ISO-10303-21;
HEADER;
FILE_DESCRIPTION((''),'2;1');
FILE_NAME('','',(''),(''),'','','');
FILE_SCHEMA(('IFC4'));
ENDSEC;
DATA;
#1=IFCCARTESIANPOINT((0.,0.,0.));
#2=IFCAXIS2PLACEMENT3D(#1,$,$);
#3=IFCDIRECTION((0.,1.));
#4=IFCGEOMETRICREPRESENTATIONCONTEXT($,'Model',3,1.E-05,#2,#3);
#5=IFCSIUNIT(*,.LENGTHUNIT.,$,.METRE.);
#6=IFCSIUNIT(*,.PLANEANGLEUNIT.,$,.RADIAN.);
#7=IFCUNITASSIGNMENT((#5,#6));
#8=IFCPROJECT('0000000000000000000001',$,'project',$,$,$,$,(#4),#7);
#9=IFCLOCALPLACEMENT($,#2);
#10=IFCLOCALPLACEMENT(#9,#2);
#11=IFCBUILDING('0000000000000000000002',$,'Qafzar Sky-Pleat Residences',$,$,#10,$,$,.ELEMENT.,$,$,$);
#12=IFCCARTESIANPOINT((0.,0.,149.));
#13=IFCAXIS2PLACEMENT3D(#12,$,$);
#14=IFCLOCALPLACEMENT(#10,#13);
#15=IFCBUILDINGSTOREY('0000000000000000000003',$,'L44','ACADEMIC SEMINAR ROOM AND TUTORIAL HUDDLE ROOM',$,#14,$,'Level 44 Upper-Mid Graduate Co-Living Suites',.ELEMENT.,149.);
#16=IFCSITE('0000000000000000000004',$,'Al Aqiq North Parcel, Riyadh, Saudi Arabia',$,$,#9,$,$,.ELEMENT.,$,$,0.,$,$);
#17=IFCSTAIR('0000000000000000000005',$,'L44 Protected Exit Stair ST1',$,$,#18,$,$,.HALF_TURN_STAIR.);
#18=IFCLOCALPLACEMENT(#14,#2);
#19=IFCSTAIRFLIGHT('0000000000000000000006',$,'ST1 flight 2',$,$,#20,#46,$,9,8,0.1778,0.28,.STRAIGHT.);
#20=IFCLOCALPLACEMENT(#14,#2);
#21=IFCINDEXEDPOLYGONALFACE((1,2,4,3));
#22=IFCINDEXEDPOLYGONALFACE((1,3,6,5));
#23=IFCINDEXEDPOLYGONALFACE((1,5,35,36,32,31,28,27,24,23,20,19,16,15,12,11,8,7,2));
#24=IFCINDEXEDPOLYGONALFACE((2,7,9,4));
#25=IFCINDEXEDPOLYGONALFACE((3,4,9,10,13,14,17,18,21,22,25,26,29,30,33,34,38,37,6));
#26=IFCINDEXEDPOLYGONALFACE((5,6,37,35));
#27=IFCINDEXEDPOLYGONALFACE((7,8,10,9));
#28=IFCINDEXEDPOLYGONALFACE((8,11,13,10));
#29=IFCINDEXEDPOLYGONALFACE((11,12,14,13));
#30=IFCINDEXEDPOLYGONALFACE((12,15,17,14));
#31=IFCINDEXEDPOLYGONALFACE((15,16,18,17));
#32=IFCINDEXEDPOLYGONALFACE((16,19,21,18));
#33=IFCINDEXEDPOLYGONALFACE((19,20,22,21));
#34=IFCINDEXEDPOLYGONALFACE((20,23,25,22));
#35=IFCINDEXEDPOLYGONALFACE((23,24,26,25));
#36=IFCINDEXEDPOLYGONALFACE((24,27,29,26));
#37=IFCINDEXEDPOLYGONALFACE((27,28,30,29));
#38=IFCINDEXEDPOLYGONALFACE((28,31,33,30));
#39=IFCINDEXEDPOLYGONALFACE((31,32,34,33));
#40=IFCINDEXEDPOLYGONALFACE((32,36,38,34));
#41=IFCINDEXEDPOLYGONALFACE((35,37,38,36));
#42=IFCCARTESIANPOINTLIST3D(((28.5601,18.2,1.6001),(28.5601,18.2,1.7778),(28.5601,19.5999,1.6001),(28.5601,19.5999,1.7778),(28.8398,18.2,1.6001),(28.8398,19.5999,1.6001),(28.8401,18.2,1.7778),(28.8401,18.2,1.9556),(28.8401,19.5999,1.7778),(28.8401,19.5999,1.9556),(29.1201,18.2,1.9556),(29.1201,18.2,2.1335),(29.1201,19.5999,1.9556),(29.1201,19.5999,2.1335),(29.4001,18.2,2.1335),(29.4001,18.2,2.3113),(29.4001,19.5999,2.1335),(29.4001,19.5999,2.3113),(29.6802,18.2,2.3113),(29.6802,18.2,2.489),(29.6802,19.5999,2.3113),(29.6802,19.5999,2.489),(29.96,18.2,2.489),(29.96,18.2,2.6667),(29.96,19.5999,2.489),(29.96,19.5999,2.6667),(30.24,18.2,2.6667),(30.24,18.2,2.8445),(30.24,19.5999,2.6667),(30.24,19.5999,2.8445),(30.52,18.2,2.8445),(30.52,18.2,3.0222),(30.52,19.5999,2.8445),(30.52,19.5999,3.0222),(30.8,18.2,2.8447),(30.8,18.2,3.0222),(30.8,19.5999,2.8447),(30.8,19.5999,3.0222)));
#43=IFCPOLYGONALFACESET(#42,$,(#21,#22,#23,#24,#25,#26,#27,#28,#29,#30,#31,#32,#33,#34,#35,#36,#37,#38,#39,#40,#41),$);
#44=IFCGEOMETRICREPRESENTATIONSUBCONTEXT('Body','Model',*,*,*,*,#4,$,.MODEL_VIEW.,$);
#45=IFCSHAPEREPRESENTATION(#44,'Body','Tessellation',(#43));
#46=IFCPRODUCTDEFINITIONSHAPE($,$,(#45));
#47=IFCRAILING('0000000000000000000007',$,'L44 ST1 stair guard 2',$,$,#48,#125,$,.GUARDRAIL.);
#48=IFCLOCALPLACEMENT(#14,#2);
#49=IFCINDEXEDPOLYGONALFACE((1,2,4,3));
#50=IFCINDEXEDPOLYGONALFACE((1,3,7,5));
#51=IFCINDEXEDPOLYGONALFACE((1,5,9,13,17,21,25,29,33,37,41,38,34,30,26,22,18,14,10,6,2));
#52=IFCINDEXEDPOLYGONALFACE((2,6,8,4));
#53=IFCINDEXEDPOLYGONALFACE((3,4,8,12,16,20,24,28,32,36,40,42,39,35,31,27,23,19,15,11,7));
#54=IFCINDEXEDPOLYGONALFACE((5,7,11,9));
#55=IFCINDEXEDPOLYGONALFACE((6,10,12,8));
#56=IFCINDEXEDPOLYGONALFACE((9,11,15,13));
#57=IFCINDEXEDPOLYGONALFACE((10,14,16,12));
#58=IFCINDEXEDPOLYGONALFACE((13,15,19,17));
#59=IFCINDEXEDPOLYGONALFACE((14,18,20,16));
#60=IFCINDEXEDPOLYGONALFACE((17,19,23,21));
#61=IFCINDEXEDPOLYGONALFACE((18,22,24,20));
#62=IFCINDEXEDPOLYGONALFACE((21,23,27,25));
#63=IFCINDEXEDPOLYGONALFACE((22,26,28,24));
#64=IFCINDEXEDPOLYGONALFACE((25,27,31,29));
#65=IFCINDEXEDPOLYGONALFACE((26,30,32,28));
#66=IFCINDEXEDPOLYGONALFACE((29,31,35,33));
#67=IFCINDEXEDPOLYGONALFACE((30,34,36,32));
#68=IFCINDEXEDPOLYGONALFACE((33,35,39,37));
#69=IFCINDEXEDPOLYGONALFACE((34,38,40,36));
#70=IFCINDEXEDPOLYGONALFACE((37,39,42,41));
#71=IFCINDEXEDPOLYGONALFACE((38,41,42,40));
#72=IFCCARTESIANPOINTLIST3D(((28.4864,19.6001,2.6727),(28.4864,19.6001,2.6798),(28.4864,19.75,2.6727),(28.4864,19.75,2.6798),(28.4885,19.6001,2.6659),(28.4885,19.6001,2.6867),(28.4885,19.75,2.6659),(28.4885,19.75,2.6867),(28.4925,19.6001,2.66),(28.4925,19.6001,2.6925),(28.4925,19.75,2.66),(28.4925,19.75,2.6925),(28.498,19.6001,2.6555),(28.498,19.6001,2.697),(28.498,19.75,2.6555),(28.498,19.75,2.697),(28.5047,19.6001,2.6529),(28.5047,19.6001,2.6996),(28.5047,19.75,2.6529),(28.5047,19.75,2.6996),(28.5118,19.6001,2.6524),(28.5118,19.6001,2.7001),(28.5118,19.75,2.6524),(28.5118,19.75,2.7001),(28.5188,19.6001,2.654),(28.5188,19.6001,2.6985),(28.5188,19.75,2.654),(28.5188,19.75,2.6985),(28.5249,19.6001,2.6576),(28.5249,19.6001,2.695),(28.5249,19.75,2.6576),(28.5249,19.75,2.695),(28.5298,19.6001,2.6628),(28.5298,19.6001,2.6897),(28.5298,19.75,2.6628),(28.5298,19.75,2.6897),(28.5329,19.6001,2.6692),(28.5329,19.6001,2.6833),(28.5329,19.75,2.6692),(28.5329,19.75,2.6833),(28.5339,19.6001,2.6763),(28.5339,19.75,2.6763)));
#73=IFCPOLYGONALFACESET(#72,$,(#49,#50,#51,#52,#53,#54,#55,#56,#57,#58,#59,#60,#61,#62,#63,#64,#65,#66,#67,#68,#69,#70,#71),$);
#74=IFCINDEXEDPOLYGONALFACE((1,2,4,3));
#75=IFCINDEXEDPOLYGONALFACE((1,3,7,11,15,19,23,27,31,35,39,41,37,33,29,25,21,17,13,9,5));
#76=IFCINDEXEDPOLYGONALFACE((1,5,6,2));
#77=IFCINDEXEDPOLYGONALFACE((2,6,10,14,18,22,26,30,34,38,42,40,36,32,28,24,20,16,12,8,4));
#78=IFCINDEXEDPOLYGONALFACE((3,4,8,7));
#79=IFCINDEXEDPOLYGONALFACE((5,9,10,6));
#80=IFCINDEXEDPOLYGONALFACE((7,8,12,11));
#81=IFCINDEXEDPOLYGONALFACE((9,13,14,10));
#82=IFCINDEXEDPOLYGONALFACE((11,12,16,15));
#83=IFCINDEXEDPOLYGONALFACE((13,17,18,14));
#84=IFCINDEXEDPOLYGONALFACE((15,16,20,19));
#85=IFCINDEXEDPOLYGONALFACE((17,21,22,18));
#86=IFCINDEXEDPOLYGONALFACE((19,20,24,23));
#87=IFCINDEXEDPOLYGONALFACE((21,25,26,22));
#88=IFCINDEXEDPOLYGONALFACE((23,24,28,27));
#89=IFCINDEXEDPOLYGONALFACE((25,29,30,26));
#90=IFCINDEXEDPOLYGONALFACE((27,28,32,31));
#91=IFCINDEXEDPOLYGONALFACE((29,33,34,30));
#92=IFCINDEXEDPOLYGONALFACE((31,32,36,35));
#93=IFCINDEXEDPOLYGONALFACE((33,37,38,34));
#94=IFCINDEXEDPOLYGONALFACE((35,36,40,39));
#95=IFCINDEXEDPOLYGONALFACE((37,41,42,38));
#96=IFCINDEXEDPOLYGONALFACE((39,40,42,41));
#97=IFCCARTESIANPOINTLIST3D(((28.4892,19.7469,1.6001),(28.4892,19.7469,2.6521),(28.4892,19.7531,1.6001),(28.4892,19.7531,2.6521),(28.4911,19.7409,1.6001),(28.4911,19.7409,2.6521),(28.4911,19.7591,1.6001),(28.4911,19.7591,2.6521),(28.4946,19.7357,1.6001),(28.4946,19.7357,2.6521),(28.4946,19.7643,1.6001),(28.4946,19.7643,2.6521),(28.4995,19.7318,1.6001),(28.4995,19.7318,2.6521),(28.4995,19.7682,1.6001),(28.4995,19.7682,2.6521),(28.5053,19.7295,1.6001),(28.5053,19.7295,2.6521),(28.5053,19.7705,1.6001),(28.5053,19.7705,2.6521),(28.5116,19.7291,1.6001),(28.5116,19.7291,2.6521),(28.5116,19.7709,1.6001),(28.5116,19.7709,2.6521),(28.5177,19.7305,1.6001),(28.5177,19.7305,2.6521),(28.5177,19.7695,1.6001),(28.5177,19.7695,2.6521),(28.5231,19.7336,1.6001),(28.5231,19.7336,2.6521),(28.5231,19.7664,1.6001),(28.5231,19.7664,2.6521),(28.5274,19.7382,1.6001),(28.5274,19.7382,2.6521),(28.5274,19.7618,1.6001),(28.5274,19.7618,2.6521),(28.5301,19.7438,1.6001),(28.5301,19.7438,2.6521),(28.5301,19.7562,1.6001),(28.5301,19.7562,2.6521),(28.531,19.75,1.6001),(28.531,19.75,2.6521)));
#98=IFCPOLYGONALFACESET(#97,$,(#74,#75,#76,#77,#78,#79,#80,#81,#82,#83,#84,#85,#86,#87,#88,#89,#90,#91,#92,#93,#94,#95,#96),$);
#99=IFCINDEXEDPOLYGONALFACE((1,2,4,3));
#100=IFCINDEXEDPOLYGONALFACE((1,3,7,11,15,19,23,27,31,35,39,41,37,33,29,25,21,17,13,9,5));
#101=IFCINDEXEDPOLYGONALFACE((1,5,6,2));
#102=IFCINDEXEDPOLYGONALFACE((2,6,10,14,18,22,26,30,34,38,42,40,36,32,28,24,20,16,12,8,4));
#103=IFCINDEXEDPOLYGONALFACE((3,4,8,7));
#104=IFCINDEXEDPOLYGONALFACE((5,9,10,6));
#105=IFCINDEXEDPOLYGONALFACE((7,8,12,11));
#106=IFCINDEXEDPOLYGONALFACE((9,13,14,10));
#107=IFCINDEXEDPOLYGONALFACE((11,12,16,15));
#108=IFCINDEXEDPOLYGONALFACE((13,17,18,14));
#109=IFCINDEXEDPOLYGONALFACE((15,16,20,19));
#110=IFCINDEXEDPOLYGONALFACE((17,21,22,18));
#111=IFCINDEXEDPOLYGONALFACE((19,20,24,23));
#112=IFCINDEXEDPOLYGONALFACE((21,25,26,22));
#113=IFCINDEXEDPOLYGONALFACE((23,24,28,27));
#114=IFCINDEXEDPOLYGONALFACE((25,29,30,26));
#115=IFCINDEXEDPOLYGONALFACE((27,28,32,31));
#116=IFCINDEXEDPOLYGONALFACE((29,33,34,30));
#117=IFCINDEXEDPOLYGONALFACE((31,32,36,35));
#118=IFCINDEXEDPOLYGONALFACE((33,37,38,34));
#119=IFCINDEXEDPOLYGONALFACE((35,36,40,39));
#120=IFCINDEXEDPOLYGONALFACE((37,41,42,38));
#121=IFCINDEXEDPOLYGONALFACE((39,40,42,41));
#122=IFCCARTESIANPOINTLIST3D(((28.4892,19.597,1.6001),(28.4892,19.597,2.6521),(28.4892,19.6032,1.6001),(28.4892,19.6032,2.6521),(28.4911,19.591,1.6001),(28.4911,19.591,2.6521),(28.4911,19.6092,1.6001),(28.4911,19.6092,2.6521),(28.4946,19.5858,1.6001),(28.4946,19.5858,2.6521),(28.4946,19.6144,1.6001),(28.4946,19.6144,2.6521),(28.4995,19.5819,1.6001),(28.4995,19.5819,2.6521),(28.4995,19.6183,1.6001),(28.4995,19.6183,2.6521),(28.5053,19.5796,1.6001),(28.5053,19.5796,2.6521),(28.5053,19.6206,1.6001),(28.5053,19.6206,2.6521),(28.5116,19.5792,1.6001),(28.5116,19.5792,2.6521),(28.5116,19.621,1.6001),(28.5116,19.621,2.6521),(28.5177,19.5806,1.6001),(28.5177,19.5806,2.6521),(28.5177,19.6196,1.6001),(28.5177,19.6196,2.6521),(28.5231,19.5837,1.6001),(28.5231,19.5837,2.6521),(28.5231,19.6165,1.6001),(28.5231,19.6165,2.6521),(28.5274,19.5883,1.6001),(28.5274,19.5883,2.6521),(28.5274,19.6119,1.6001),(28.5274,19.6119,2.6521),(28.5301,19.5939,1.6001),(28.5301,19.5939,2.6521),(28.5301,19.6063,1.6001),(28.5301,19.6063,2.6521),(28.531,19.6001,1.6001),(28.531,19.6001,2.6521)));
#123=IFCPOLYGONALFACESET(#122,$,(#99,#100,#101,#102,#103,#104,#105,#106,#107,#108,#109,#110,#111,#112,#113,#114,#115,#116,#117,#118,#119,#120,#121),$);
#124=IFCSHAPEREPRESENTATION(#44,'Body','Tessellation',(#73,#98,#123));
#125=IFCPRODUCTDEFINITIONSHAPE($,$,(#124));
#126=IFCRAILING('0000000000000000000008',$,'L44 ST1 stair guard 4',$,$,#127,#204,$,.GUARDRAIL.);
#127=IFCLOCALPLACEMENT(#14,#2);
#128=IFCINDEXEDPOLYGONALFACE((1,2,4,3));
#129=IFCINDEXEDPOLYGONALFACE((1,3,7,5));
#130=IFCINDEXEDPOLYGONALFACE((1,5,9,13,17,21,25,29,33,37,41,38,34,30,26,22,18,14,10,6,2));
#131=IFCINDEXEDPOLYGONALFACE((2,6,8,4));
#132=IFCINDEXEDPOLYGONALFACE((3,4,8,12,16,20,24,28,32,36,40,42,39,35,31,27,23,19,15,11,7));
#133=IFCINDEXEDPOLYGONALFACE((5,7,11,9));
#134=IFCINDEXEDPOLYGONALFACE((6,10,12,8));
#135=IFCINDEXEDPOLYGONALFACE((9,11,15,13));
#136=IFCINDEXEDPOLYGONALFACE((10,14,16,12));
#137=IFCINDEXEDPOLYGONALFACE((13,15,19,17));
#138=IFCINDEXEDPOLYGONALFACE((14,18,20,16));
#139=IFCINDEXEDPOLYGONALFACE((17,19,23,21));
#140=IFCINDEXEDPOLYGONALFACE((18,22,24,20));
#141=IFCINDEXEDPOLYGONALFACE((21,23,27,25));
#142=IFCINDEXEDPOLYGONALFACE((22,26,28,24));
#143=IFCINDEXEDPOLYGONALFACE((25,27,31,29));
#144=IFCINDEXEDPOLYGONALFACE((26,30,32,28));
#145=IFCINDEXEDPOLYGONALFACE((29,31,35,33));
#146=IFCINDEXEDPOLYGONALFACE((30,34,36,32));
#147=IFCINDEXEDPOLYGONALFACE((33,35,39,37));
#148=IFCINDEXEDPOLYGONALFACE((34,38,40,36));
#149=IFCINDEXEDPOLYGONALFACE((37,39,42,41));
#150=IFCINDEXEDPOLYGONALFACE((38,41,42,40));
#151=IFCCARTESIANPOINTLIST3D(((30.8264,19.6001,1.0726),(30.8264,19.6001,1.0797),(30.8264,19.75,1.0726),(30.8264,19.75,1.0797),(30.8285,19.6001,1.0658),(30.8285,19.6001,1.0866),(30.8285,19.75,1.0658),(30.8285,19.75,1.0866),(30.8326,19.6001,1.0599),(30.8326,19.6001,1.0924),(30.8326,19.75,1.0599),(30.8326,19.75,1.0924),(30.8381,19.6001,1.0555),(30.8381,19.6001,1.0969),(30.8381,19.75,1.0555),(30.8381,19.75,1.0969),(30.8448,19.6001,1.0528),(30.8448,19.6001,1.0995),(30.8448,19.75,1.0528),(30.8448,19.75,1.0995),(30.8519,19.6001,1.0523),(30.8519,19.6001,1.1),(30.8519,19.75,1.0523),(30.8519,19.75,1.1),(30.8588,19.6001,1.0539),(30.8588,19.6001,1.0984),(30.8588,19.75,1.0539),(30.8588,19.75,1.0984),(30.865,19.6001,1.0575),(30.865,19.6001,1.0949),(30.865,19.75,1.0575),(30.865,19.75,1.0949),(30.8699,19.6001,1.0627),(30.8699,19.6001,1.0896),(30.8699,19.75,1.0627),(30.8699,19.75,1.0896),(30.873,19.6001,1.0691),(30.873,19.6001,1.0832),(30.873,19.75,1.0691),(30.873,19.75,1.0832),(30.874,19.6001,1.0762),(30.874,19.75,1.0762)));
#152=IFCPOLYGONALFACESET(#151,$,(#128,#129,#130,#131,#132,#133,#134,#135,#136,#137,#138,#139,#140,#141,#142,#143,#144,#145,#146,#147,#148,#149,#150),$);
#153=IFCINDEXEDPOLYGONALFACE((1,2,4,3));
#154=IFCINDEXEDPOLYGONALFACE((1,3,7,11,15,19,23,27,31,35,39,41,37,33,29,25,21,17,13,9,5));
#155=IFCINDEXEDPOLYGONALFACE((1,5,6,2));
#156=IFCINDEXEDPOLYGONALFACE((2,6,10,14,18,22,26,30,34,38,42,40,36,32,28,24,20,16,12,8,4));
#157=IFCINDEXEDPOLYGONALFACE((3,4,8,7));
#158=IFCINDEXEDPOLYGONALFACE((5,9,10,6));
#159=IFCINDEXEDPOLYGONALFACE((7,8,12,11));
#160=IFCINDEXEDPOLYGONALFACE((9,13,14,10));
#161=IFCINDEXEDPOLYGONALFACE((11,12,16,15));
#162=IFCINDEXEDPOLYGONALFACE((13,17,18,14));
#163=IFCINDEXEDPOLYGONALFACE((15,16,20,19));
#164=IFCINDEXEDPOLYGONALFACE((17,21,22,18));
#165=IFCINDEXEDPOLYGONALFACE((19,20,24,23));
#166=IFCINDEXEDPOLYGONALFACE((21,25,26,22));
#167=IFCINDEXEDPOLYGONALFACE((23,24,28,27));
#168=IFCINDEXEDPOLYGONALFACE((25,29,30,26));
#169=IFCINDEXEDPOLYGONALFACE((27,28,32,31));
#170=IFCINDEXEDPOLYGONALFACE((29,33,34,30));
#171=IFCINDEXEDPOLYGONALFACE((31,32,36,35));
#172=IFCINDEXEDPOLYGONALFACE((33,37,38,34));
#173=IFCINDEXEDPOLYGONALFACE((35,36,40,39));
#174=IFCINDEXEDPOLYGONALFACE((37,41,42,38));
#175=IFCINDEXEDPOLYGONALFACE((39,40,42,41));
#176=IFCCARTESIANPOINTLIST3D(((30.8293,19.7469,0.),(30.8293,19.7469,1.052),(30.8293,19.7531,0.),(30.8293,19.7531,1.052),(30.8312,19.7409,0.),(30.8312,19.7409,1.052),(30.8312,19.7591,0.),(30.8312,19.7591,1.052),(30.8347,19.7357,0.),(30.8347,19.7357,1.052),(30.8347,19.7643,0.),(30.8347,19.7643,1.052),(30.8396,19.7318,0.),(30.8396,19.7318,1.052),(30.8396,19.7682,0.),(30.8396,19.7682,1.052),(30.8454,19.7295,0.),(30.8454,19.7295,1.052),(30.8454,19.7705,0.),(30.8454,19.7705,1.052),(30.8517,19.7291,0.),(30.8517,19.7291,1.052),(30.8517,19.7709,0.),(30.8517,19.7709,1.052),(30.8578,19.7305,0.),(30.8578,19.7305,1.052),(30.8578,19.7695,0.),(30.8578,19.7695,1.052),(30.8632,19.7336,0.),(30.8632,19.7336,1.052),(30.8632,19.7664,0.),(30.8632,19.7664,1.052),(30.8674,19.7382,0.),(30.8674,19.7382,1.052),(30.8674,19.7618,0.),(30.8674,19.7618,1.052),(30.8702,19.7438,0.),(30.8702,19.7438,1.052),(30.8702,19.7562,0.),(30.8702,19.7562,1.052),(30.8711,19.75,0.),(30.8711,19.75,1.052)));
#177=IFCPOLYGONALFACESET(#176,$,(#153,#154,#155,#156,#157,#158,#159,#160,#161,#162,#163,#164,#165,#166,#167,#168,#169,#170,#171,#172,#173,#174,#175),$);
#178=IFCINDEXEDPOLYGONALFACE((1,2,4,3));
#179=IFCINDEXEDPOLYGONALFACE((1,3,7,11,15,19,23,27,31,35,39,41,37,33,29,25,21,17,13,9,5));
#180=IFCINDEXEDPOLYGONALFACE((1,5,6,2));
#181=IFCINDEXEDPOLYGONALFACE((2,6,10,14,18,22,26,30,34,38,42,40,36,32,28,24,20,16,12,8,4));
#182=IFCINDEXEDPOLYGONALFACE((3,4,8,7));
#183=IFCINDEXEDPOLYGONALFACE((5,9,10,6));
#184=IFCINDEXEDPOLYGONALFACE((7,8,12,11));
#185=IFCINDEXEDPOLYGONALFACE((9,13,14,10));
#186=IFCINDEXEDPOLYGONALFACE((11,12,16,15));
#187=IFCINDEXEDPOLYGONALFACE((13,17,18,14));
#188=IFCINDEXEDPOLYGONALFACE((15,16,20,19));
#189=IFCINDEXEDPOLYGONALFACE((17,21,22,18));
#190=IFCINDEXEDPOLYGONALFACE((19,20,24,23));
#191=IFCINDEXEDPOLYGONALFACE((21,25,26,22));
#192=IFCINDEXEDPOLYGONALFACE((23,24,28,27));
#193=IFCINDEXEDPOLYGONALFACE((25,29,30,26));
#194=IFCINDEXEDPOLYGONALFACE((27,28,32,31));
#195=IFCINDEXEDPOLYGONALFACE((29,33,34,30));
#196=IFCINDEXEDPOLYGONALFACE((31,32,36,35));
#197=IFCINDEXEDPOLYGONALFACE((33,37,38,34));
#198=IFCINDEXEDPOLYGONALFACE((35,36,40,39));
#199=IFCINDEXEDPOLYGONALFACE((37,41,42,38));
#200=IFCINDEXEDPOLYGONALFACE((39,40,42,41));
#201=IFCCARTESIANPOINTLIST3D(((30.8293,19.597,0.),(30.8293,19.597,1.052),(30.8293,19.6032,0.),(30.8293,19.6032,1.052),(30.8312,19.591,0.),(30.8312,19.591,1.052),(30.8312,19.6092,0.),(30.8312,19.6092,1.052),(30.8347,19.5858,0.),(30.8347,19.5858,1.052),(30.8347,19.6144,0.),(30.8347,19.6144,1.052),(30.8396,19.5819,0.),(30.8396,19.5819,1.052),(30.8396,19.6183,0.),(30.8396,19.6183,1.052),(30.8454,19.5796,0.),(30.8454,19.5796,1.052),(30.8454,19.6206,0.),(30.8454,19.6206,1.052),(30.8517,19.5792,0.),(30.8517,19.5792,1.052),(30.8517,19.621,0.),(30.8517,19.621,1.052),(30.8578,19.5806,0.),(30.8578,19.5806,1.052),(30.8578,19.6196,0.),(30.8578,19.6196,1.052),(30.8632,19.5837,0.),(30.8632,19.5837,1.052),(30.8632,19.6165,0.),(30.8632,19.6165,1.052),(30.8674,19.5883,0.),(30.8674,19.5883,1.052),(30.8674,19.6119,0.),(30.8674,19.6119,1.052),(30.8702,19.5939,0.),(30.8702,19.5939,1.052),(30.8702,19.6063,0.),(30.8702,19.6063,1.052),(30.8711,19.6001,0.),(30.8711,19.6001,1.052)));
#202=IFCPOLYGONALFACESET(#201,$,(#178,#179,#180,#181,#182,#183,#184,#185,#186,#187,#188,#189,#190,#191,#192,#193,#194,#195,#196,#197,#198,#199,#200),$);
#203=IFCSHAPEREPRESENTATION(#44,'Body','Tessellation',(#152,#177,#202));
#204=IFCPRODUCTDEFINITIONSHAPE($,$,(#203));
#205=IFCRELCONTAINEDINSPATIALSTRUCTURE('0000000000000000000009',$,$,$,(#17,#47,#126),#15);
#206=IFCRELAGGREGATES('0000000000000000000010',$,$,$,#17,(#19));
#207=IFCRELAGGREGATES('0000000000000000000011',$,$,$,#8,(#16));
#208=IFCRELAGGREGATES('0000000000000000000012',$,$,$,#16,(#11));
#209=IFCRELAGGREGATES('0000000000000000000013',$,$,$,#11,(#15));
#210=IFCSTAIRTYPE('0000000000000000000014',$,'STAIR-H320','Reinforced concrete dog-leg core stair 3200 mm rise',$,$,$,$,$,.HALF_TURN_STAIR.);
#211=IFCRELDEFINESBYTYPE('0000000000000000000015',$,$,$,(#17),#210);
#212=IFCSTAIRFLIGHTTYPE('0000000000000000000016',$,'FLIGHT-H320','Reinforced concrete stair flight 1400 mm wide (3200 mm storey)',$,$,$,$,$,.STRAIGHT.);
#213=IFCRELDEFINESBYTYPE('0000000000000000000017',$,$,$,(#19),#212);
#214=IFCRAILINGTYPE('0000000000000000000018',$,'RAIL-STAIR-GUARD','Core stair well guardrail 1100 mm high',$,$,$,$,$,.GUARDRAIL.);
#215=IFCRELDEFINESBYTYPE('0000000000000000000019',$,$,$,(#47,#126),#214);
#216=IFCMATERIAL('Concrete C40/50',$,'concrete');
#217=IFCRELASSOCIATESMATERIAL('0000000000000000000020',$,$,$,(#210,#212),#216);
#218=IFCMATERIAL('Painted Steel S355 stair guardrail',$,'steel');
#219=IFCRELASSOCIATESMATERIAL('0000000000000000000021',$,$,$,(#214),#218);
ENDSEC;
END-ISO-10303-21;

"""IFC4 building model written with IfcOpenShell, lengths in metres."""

from ifc_helpers import new_model, si_unit, direction, frame, origin, origin_2d, place, context, subcontext, project, spatial, polyline, circle, outline, extrude, source, transform, mapped, material, type_object, element, aggregate, save


model = new_model("IFC4")

# Units and contexts
model_context = context("Model", 3, precision=1e-05, world=origin(), true_north=direction((0.0, 1.0)))
body_context = subcontext(model_context, "Body", "Model", "MODEL_VIEW")
ifc_project = project(units=[si_unit("LENGTHUNIT", "METRE"), si_unit("PLANEANGLEUNIT", "RADIAN")], contexts=[model_context])

# Site, building, storey
site_placement = place(None, origin())
site = spatial("IfcSite", under=ifc_project, at=site_placement, Name="Al Aqiq North Parcel, Riyadh, Saudi Arabia", CompositionType="ELEMENT", RefElevation=0.0)
building_placement = place(site_placement, origin())
building = spatial("IfcBuilding", under=site, at=building_placement, Name="Qafzar Sky-Pleat Residences", CompositionType="ELEMENT")
storey_placement = place(building_placement, frame((0.0, 0.0, 149.0)))
storey = spatial("IfcBuildingStorey", under=building, at=storey_placement, Name="L44", Description="ACADEMIC SEMINAR ROOM AND TUTORIAL HUDDLE ROOM", LongName="Level 44 Upper-Mid Graduate Co-Living Suites", CompositionType="ELEMENT", Elevation=149.0)

# Stair, stair flight
ifc_material_1 = material(Name="Concrete C40/50", Category="concrete")
stair_type = type_object("IfcStairType", Name="STAIR-H320", Description="Reinforced concrete dog-leg core stair 3200 mm rise", PredefinedType="HALF_TURN_STAIR", material=ifc_material_1)
stair_placement = place(storey_placement, origin())
stair = element("IfcStair", 1, at=stair_placement, inside=storey, type_object=stair_type, Name="L44 Protected Exit Stair ST1", PredefinedType="HALF_TURN_STAIR")
stair_flight_type = type_object("IfcStairFlightType", Name="FLIGHT-H320", Description="Reinforced concrete stair flight 1400 mm wide (3200 mm storey)", PredefinedType="STRAIGHT", material=ifc_material_1)
shared_shape_1 = source(origin(), body_context, "Body", "SweptSolid", [
    extrude(outline(polyline([(0.0, 0.0), (0.0, 0.1777), (0.28, 0.1777), (0.28, 0.3555), (0.5601, 0.3555), (0.5601, 0.5334), (0.8401, 0.5334), (0.8401, 0.7112), (1.1201, 0.7112), (1.1201, 0.8889), (1.3999, 0.8889), (1.3999, 1.0667), (1.6799, 1.0667), (1.6799, 1.2444), (1.96, 1.2444), (1.96, 1.4221), (2.24, 1.4221), (2.24, 1.6001), (2.24, 1.2446), (0.2798, 0.0), (0.0, 0.0)])), frame((0.0, 0.7, 0.0), z_axis=(0.0, -1.0, 0.0), x_axis=(1.0, 0.0, 0.0)), (0.0, 0.0, 1.0), 1.3999),
])
stair_flight_1_placement = place(storey_placement, frame((28.5601, 18.8999, 1.6001), z_axis=(0.0, 0.0, 1.0), x_axis=(1.0, 0.0, 0.0)))
stair_flight_1 = element("IfcStairFlight", 2, at=stair_flight_1_placement, type_object=stair_flight_type, Name="ST1 flight 2", NumberOfRisers=9, NumberOfTreads=8, PredefinedType="STRAIGHT", RiserHeight=0.1778, TreadLength=0.28, context=body_context, shape_type="MappedRepresentation", body=[
    mapped(shared_shape_1, transform((0.0, 0.0, 0.0), x_axis=(1.0, 0.0, 0.0), y_axis=(0.0, 1.0, 0.0), z_axis=(0.0, 0.0, 1.0), scale=1.0)),
])
aggregate(stair, [stair_flight_1])

# Railings
ifc_material_2 = material(Name="Painted Steel S355 stair guardrail", Category="steel")
railing_type_1 = type_object("IfcRailingType", Name="RAIL-STAIR-GUARD", Description="Core stair well guardrail 1100 mm high", PredefinedType="GUARDRAIL", material=ifc_material_2)
shared_shape_2 = source(origin(), body_context, "Body", "SweptSolid", [
    extrude(circle(Radius=0.0239, at=origin_2d()), frame((0.0, 0.0, 1.0762), z_axis=(0.0, -1.0, 0.0), x_axis=(1.0, 0.0, 0.0)), (0.0, 0.0, 1.0), 0.1499),
    extrude(circle(Radius=0.021, at=origin_2d()), origin(), (0.0, 0.0, 1.0), 1.052),
    extrude(circle(Radius=0.021, at=origin_2d()), frame((0.0, -0.1499, 0.0)), (0.0, 0.0, 1.0), 1.052),
])
for number, where, name in (
    (3, (28.51, 19.75, 1.6001), "L44 ST1 stair guard 2"),
    (4, (30.8501, 19.75, 0.0), "L44 ST1 stair guard 4"),
):
    element("IfcRailing", number, at=place(storey_placement, frame(where)), inside=storey, type_object=railing_type_1, Name=name, PredefinedType="GUARDRAIL", context=body_context, shape_type="MappedRepresentation", body=[
        mapped(shared_shape_2, transform((0.0, 0.0, 0.0), x_axis=(1.0, 0.0, 0.0), y_axis=(0.0, 1.0, 0.0), z_axis=(0.0, 0.0, 1.0), scale=1.0)),
    ])

save(model, "model.ifc")
